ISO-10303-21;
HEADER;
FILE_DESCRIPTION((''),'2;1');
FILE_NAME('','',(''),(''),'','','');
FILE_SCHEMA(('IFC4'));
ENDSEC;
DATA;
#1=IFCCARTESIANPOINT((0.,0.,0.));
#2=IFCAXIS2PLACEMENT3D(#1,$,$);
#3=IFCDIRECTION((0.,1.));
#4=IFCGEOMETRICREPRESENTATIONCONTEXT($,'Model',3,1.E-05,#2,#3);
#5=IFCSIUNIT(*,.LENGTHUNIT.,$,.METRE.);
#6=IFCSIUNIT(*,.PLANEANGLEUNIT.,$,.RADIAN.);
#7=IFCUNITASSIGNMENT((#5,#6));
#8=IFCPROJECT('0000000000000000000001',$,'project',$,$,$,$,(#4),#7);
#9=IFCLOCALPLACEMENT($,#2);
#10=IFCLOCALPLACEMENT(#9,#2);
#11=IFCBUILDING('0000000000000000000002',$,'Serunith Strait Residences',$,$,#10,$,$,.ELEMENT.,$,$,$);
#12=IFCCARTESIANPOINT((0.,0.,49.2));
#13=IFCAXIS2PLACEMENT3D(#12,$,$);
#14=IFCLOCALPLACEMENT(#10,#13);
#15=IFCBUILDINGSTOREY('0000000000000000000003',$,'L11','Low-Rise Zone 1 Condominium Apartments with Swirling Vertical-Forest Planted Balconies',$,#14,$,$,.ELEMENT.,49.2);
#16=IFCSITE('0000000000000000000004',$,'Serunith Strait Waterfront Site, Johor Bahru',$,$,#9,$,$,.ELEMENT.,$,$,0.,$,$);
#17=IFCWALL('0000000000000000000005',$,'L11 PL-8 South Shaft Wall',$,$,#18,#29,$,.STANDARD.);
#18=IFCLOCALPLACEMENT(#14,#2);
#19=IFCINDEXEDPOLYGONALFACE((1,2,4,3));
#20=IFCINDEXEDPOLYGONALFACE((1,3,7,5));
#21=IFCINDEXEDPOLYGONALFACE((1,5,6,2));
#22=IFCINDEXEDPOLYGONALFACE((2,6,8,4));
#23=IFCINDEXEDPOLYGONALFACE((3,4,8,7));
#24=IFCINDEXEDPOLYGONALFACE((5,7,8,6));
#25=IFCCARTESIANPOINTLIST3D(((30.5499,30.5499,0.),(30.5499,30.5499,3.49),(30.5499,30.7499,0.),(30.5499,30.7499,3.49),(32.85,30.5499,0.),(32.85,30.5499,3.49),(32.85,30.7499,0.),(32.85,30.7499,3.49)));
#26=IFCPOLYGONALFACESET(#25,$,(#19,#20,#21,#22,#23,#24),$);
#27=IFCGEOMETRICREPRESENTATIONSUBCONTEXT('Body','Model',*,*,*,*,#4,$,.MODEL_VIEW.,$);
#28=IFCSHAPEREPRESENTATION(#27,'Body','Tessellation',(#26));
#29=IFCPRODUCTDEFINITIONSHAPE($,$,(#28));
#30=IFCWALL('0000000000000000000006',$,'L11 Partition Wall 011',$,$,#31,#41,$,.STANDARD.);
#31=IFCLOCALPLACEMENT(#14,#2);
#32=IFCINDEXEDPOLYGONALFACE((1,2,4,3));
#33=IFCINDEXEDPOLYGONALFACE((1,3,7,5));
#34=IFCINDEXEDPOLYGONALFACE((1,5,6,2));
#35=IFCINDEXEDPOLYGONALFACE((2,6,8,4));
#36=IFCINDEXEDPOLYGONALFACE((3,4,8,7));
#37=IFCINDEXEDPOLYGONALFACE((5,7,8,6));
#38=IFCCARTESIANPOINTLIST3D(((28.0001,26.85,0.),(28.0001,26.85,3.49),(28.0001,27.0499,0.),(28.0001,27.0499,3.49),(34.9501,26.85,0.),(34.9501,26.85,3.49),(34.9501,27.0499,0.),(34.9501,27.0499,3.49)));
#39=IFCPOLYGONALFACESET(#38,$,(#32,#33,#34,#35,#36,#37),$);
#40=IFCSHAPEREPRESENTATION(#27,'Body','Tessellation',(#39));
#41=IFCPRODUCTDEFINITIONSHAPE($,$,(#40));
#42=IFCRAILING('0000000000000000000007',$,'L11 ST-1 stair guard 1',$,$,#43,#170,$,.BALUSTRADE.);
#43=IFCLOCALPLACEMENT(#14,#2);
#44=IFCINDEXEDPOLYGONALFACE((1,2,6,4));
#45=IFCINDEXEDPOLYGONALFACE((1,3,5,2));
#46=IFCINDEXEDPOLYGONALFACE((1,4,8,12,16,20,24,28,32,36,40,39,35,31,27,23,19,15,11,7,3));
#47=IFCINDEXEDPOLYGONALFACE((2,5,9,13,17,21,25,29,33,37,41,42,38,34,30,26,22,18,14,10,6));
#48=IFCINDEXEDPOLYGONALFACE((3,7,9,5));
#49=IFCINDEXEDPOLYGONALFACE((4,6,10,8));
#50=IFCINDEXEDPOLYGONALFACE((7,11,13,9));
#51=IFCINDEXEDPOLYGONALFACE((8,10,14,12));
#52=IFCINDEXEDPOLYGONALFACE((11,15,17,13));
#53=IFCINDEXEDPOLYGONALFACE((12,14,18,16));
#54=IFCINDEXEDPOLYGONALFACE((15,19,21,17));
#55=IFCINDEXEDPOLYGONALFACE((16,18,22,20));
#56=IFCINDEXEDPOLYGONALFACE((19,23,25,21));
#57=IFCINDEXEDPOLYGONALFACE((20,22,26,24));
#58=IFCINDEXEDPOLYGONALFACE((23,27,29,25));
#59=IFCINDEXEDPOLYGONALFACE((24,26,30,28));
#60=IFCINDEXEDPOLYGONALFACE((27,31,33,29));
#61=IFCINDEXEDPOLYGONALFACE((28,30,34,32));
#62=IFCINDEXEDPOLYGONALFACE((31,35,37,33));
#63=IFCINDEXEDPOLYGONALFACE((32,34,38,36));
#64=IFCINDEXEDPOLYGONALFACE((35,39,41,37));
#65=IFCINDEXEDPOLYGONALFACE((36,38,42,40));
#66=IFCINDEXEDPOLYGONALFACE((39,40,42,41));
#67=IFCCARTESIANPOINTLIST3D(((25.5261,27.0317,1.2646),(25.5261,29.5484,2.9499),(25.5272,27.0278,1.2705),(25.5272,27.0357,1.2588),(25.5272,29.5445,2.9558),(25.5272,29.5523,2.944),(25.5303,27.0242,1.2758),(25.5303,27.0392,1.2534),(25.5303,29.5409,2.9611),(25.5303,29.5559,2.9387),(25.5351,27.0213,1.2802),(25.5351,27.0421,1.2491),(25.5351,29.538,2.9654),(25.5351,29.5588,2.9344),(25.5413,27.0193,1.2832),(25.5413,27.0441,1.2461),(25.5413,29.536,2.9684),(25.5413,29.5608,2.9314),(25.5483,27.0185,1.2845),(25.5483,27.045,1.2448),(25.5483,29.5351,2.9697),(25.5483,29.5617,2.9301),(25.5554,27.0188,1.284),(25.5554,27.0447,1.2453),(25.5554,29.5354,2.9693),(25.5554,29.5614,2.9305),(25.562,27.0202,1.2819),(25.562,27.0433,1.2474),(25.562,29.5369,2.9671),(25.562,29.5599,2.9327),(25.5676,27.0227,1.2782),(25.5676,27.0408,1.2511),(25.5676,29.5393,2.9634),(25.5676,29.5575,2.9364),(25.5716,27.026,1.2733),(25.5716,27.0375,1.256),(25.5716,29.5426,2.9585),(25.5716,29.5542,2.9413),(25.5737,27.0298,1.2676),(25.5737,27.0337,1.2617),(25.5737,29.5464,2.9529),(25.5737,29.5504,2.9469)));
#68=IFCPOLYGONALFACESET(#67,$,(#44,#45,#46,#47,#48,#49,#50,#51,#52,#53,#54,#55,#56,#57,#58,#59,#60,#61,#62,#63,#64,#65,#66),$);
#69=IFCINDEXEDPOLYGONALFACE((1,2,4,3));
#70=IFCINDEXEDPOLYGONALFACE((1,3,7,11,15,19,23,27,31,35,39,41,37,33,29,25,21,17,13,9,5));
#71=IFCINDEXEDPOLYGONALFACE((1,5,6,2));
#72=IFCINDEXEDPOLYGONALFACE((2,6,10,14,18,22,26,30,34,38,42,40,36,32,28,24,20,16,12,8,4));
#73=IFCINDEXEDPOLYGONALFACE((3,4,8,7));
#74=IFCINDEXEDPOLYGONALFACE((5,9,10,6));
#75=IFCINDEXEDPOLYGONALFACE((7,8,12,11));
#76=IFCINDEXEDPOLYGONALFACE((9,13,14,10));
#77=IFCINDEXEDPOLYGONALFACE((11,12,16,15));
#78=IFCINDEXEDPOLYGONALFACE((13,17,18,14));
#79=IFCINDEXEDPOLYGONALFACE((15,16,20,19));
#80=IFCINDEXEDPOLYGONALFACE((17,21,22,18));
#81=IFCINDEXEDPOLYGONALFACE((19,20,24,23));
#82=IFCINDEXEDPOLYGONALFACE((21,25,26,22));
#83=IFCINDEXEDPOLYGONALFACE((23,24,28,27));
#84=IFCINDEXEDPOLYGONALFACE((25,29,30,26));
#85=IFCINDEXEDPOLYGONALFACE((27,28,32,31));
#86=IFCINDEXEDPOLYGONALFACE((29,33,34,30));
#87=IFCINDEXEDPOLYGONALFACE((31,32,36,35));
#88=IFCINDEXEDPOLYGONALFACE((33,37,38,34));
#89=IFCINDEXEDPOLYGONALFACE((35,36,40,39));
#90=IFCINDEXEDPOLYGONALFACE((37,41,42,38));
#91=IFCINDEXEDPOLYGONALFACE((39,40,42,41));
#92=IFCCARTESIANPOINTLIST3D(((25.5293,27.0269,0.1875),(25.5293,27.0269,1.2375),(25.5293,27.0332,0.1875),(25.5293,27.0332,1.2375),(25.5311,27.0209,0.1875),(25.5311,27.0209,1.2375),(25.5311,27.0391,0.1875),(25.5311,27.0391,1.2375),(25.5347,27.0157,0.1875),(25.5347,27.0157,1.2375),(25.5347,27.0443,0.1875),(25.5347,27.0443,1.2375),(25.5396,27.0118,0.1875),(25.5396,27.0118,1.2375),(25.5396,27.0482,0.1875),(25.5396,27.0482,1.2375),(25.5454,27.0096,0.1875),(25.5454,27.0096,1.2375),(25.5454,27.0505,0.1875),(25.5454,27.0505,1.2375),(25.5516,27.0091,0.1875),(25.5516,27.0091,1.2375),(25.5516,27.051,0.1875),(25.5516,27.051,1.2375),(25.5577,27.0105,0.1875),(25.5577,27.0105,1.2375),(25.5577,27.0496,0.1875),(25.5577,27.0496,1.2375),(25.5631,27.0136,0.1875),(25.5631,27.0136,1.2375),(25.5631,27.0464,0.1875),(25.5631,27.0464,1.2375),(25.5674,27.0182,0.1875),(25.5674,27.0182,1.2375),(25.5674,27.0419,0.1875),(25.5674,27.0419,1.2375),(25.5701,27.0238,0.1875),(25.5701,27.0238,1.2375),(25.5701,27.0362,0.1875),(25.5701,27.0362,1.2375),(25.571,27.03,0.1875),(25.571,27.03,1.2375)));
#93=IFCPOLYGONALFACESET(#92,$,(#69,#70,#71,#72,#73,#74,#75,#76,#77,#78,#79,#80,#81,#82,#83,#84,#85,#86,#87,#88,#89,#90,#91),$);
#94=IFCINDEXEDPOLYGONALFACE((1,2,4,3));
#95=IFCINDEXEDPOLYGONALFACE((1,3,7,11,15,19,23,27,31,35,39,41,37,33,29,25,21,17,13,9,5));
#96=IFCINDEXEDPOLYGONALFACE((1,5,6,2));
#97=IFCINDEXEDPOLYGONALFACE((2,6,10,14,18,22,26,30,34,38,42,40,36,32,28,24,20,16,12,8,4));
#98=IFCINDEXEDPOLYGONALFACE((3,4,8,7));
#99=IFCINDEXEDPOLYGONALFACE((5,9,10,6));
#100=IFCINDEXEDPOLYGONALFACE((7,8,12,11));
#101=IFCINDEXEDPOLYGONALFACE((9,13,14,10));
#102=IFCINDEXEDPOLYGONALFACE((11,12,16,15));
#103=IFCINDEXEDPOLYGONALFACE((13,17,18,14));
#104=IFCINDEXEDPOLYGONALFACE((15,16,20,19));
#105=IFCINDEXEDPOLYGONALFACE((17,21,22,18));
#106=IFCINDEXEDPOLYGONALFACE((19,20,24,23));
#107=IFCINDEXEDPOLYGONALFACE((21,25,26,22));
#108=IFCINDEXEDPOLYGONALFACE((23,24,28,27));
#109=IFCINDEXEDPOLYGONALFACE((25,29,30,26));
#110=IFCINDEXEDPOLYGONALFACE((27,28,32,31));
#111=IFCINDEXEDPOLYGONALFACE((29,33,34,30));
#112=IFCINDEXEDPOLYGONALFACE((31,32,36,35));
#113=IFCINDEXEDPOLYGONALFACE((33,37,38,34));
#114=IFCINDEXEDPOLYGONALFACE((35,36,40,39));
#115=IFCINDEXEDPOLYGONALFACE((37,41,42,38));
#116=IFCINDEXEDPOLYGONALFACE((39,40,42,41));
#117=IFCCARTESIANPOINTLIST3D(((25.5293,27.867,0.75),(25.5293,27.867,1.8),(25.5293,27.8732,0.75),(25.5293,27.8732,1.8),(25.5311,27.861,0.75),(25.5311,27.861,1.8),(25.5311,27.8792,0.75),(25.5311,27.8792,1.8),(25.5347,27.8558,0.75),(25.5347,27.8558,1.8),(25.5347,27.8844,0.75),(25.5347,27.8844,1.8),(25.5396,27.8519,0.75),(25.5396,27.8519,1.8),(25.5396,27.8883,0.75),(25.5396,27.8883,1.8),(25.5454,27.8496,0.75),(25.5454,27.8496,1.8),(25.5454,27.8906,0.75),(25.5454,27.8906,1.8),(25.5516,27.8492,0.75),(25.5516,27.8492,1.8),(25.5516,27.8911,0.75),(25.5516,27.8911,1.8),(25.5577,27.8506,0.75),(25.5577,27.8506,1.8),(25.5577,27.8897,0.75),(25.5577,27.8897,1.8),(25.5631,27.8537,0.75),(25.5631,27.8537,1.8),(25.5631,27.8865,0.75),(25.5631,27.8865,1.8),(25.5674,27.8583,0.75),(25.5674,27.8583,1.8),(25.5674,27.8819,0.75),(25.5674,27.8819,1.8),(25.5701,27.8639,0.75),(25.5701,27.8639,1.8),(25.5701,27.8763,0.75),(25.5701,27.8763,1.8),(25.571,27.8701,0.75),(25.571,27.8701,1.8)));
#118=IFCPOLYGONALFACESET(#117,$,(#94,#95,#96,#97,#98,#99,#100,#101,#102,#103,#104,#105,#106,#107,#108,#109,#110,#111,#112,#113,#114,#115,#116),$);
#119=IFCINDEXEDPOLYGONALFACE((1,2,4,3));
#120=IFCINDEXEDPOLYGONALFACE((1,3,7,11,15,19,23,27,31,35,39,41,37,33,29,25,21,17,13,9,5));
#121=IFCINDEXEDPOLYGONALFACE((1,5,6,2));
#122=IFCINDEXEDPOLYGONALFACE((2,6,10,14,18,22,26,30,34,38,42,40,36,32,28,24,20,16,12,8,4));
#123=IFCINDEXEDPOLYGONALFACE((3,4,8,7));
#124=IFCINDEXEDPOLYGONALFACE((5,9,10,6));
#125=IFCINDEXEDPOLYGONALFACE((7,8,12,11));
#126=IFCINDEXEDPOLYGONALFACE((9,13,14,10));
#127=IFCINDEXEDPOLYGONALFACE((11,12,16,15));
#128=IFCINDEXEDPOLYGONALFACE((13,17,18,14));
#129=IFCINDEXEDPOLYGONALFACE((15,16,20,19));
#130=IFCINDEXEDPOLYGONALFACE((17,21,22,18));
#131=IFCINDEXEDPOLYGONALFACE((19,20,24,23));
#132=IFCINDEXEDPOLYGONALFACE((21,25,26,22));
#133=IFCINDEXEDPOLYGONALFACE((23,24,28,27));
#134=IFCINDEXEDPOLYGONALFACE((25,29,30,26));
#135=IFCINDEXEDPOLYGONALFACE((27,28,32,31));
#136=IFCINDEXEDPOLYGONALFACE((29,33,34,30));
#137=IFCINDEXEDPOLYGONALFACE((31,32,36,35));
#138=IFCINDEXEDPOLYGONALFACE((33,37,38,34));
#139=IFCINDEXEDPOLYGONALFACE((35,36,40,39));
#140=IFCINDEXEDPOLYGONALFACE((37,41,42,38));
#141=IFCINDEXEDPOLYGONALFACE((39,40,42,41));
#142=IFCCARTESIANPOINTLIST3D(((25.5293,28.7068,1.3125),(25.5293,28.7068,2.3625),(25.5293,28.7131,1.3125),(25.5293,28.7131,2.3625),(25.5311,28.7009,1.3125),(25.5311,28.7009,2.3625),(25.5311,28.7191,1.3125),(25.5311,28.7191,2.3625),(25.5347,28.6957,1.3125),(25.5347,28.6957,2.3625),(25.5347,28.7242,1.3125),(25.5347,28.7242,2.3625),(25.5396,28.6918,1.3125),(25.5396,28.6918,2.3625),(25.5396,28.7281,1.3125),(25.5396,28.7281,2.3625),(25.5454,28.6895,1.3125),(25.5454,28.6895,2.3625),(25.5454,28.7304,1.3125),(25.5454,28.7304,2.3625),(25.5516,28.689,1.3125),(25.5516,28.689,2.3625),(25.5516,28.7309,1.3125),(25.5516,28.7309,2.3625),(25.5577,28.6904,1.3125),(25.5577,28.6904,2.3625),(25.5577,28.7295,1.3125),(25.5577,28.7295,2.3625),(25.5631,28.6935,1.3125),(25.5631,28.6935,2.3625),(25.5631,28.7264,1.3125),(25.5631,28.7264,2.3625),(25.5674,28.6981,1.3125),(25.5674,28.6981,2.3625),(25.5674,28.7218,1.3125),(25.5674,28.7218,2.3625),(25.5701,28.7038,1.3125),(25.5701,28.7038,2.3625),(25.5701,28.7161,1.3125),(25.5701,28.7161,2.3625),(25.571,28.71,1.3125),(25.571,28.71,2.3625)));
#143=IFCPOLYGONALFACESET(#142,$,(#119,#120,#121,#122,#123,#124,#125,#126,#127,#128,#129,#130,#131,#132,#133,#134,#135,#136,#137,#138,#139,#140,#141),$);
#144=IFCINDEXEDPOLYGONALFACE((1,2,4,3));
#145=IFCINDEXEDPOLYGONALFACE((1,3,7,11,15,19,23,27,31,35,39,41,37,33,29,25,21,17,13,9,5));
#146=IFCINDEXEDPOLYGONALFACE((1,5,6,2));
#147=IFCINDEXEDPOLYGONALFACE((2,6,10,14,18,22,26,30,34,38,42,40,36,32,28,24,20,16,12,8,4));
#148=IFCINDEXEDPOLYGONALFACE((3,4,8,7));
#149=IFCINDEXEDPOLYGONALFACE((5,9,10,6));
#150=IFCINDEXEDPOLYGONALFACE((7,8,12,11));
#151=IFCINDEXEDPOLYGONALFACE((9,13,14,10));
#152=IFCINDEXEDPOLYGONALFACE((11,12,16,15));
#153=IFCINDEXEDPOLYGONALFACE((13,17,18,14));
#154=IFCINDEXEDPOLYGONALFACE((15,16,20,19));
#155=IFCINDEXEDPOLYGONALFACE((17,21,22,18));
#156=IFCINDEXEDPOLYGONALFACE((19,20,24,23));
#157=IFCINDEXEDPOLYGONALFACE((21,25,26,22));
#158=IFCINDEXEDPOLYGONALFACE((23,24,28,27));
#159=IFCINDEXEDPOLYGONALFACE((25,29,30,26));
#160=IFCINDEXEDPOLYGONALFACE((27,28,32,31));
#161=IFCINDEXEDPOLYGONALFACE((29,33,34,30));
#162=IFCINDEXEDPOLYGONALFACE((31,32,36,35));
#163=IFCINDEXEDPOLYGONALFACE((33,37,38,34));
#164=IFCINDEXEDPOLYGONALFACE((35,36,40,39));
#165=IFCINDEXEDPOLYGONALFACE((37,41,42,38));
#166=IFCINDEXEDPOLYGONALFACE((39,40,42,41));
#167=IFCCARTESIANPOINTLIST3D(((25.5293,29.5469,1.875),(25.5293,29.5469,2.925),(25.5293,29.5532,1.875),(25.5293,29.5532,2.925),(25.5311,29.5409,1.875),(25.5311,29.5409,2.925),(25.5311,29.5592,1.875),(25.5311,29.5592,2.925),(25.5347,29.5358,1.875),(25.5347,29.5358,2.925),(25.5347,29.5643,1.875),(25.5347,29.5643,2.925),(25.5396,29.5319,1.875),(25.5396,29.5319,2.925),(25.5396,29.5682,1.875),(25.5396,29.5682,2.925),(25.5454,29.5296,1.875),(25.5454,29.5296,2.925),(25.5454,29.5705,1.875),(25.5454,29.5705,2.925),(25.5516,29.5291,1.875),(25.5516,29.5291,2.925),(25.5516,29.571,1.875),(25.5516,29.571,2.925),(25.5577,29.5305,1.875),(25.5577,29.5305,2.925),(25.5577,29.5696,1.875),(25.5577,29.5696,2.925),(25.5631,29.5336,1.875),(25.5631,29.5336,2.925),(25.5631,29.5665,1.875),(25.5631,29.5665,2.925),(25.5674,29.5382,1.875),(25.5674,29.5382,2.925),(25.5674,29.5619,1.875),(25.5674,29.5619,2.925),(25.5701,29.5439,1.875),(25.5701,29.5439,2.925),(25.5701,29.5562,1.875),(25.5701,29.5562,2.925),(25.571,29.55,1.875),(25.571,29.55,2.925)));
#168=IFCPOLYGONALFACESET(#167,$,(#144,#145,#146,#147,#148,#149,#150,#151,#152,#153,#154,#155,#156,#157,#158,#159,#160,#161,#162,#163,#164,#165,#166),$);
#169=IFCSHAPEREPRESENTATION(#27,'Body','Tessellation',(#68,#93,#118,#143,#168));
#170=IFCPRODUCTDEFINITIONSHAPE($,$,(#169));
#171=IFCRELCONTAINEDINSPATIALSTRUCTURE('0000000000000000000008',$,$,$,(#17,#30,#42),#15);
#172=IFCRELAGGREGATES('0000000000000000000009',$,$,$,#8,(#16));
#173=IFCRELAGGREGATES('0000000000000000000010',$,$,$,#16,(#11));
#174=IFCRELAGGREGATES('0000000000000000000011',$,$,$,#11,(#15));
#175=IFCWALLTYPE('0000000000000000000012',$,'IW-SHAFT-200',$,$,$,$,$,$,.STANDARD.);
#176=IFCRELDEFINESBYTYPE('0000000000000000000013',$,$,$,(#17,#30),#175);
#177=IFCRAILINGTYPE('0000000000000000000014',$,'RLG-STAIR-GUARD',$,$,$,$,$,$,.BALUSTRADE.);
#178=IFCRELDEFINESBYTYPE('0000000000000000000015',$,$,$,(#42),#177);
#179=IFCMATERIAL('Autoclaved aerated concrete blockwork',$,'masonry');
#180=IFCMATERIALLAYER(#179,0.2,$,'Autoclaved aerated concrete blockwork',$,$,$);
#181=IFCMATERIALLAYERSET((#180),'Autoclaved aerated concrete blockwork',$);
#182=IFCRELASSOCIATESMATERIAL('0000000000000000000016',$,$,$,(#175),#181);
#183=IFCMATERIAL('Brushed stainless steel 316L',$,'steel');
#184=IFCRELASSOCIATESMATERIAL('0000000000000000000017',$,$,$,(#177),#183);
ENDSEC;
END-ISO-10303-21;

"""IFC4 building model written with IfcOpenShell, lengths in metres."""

from ifc_helpers import new_model, si_unit, direction, frame, frame_2d, origin, origin_2d, place, context, subcontext, project, spatial, rectangle, circle, extrude, material, layer, layer_set, type_object, element, save


model = new_model("IFC4")

# Units and contexts
model_context = context("Model", 3, precision=1e-05, world=origin(), true_north=direction((0.0, 1.0)))
body_context = subcontext(model_context, "Body", "Model", "MODEL_VIEW")
ifc_project = project(units=[si_unit("LENGTHUNIT", "METRE"), si_unit("PLANEANGLEUNIT", "RADIAN")], contexts=[model_context])

# Site, building, storey
site_placement = place(None, origin())
site = spatial("IfcSite", under=ifc_project, at=site_placement, Name="Serunith Strait Waterfront Site, Johor Bahru", CompositionType="ELEMENT", RefElevation=0.0)
building_placement = place(site_placement, origin())
building = spatial("IfcBuilding", under=site, at=building_placement, Name="Serunith Strait Residences", CompositionType="ELEMENT")
storey_placement = place(building_placement, frame((0.0, 0.0, 49.2)))
storey = spatial("IfcBuildingStorey", under=building, at=storey_placement, Name="L11", Description="Low-Rise Zone 1 Condominium Apartments with Swirling Vertical-Forest Planted Balconies", CompositionType="ELEMENT", Elevation=49.2)

# Walls
ifc_material_1 = material(Name="Autoclaved aerated concrete blockwork", Category="masonry")
ifc_layer_1 = layer(ifc_material_1, 0.2, Name="Autoclaved aerated concrete blockwork")
ifc_layer_set_1 = layer_set([ifc_layer_1], Name="Autoclaved aerated concrete blockwork")
wall_type_1 = type_object("IfcWallType", Name="IW-SHAFT-200", PredefinedType="STANDARD", material=ifc_layer_set_1)
wall_1_placement = place(storey_placement, frame((30.55, 30.6499, 0.0), z_axis=(0.0, 0.0, 1.0), x_axis=(1.0, 0.0, 0.0)))
element("IfcWall", 1, at=wall_1_placement, inside=storey, type_object=wall_type_1, Name="L11 PL-8 South Shaft Wall", PredefinedType="STANDARD", context=body_context, shape_type="SweptSolid", body=[
    extrude(rectangle(XDim=2.3, YDim=0.2, at=frame_2d((1.1499, 0.0))), origin(), (0.0, 0.0, 1.0), 3.49),
])
wall_2_placement = place(storey_placement, frame((28.0, 26.95, 0.0), z_axis=(0.0, 0.0, 1.0), x_axis=(1.0, 0.0, 0.0)))
element("IfcWall", 2, at=wall_2_placement, inside=storey, type_object=wall_type_1, Name="L11 Partition Wall 011", PredefinedType="STANDARD", context=body_context, shape_type="SweptSolid", body=[
    extrude(rectangle(XDim=6.95, YDim=0.2, at=frame_2d((3.4751, 0.0))), origin(), (0.0, 0.0, 1.0), 3.49),
])

# Railing
ifc_material_2 = material(Name="Brushed stainless steel 316L", Category="steel")
railing_type_1 = type_object("IfcRailingType", Name="RLG-STAIR-GUARD", PredefinedType="BALUSTRADE", material=ifc_material_2)
railing_1_placement = place(storey_placement, frame((25.55, 27.03, 0.1875)))
element("IfcRailing", 3, at=railing_1_placement, inside=storey, type_object=railing_type_1, Name="L11 ST-1 stair guard 1", PredefinedType="BALUSTRADE", context=body_context, shape_type="SweptSolid", body=[
    extrude(circle(Radius=0.0239, at=origin_2d()), frame((0.0, 0.0017, 1.0771), z_axis=(0.0, 0.830909, 0.556408), x_axis=(-1.0, 0.0, 0.0)), (0.0, 0.0, 1.0), 3.0288),
    extrude(circle(Radius=0.021, at=origin_2d()), origin(), (0.0, 0.0, 1.0), 1.05),
    extrude(circle(Radius=0.021, at=origin_2d()), frame((0.0, 0.8401, 0.5625)), (0.0, 0.0, 1.0), 1.05),
    extrude(circle(Radius=0.021, at=origin_2d()), frame((0.0, 1.6799, 1.125)), (0.0, 0.0, 1.0), 1.05),
    extrude(circle(Radius=0.021, at=origin_2d()), frame((0.0, 2.52, 1.6875)), (0.0, 0.0, 1.0), 1.05),
])

save(model, "model.ifc")
